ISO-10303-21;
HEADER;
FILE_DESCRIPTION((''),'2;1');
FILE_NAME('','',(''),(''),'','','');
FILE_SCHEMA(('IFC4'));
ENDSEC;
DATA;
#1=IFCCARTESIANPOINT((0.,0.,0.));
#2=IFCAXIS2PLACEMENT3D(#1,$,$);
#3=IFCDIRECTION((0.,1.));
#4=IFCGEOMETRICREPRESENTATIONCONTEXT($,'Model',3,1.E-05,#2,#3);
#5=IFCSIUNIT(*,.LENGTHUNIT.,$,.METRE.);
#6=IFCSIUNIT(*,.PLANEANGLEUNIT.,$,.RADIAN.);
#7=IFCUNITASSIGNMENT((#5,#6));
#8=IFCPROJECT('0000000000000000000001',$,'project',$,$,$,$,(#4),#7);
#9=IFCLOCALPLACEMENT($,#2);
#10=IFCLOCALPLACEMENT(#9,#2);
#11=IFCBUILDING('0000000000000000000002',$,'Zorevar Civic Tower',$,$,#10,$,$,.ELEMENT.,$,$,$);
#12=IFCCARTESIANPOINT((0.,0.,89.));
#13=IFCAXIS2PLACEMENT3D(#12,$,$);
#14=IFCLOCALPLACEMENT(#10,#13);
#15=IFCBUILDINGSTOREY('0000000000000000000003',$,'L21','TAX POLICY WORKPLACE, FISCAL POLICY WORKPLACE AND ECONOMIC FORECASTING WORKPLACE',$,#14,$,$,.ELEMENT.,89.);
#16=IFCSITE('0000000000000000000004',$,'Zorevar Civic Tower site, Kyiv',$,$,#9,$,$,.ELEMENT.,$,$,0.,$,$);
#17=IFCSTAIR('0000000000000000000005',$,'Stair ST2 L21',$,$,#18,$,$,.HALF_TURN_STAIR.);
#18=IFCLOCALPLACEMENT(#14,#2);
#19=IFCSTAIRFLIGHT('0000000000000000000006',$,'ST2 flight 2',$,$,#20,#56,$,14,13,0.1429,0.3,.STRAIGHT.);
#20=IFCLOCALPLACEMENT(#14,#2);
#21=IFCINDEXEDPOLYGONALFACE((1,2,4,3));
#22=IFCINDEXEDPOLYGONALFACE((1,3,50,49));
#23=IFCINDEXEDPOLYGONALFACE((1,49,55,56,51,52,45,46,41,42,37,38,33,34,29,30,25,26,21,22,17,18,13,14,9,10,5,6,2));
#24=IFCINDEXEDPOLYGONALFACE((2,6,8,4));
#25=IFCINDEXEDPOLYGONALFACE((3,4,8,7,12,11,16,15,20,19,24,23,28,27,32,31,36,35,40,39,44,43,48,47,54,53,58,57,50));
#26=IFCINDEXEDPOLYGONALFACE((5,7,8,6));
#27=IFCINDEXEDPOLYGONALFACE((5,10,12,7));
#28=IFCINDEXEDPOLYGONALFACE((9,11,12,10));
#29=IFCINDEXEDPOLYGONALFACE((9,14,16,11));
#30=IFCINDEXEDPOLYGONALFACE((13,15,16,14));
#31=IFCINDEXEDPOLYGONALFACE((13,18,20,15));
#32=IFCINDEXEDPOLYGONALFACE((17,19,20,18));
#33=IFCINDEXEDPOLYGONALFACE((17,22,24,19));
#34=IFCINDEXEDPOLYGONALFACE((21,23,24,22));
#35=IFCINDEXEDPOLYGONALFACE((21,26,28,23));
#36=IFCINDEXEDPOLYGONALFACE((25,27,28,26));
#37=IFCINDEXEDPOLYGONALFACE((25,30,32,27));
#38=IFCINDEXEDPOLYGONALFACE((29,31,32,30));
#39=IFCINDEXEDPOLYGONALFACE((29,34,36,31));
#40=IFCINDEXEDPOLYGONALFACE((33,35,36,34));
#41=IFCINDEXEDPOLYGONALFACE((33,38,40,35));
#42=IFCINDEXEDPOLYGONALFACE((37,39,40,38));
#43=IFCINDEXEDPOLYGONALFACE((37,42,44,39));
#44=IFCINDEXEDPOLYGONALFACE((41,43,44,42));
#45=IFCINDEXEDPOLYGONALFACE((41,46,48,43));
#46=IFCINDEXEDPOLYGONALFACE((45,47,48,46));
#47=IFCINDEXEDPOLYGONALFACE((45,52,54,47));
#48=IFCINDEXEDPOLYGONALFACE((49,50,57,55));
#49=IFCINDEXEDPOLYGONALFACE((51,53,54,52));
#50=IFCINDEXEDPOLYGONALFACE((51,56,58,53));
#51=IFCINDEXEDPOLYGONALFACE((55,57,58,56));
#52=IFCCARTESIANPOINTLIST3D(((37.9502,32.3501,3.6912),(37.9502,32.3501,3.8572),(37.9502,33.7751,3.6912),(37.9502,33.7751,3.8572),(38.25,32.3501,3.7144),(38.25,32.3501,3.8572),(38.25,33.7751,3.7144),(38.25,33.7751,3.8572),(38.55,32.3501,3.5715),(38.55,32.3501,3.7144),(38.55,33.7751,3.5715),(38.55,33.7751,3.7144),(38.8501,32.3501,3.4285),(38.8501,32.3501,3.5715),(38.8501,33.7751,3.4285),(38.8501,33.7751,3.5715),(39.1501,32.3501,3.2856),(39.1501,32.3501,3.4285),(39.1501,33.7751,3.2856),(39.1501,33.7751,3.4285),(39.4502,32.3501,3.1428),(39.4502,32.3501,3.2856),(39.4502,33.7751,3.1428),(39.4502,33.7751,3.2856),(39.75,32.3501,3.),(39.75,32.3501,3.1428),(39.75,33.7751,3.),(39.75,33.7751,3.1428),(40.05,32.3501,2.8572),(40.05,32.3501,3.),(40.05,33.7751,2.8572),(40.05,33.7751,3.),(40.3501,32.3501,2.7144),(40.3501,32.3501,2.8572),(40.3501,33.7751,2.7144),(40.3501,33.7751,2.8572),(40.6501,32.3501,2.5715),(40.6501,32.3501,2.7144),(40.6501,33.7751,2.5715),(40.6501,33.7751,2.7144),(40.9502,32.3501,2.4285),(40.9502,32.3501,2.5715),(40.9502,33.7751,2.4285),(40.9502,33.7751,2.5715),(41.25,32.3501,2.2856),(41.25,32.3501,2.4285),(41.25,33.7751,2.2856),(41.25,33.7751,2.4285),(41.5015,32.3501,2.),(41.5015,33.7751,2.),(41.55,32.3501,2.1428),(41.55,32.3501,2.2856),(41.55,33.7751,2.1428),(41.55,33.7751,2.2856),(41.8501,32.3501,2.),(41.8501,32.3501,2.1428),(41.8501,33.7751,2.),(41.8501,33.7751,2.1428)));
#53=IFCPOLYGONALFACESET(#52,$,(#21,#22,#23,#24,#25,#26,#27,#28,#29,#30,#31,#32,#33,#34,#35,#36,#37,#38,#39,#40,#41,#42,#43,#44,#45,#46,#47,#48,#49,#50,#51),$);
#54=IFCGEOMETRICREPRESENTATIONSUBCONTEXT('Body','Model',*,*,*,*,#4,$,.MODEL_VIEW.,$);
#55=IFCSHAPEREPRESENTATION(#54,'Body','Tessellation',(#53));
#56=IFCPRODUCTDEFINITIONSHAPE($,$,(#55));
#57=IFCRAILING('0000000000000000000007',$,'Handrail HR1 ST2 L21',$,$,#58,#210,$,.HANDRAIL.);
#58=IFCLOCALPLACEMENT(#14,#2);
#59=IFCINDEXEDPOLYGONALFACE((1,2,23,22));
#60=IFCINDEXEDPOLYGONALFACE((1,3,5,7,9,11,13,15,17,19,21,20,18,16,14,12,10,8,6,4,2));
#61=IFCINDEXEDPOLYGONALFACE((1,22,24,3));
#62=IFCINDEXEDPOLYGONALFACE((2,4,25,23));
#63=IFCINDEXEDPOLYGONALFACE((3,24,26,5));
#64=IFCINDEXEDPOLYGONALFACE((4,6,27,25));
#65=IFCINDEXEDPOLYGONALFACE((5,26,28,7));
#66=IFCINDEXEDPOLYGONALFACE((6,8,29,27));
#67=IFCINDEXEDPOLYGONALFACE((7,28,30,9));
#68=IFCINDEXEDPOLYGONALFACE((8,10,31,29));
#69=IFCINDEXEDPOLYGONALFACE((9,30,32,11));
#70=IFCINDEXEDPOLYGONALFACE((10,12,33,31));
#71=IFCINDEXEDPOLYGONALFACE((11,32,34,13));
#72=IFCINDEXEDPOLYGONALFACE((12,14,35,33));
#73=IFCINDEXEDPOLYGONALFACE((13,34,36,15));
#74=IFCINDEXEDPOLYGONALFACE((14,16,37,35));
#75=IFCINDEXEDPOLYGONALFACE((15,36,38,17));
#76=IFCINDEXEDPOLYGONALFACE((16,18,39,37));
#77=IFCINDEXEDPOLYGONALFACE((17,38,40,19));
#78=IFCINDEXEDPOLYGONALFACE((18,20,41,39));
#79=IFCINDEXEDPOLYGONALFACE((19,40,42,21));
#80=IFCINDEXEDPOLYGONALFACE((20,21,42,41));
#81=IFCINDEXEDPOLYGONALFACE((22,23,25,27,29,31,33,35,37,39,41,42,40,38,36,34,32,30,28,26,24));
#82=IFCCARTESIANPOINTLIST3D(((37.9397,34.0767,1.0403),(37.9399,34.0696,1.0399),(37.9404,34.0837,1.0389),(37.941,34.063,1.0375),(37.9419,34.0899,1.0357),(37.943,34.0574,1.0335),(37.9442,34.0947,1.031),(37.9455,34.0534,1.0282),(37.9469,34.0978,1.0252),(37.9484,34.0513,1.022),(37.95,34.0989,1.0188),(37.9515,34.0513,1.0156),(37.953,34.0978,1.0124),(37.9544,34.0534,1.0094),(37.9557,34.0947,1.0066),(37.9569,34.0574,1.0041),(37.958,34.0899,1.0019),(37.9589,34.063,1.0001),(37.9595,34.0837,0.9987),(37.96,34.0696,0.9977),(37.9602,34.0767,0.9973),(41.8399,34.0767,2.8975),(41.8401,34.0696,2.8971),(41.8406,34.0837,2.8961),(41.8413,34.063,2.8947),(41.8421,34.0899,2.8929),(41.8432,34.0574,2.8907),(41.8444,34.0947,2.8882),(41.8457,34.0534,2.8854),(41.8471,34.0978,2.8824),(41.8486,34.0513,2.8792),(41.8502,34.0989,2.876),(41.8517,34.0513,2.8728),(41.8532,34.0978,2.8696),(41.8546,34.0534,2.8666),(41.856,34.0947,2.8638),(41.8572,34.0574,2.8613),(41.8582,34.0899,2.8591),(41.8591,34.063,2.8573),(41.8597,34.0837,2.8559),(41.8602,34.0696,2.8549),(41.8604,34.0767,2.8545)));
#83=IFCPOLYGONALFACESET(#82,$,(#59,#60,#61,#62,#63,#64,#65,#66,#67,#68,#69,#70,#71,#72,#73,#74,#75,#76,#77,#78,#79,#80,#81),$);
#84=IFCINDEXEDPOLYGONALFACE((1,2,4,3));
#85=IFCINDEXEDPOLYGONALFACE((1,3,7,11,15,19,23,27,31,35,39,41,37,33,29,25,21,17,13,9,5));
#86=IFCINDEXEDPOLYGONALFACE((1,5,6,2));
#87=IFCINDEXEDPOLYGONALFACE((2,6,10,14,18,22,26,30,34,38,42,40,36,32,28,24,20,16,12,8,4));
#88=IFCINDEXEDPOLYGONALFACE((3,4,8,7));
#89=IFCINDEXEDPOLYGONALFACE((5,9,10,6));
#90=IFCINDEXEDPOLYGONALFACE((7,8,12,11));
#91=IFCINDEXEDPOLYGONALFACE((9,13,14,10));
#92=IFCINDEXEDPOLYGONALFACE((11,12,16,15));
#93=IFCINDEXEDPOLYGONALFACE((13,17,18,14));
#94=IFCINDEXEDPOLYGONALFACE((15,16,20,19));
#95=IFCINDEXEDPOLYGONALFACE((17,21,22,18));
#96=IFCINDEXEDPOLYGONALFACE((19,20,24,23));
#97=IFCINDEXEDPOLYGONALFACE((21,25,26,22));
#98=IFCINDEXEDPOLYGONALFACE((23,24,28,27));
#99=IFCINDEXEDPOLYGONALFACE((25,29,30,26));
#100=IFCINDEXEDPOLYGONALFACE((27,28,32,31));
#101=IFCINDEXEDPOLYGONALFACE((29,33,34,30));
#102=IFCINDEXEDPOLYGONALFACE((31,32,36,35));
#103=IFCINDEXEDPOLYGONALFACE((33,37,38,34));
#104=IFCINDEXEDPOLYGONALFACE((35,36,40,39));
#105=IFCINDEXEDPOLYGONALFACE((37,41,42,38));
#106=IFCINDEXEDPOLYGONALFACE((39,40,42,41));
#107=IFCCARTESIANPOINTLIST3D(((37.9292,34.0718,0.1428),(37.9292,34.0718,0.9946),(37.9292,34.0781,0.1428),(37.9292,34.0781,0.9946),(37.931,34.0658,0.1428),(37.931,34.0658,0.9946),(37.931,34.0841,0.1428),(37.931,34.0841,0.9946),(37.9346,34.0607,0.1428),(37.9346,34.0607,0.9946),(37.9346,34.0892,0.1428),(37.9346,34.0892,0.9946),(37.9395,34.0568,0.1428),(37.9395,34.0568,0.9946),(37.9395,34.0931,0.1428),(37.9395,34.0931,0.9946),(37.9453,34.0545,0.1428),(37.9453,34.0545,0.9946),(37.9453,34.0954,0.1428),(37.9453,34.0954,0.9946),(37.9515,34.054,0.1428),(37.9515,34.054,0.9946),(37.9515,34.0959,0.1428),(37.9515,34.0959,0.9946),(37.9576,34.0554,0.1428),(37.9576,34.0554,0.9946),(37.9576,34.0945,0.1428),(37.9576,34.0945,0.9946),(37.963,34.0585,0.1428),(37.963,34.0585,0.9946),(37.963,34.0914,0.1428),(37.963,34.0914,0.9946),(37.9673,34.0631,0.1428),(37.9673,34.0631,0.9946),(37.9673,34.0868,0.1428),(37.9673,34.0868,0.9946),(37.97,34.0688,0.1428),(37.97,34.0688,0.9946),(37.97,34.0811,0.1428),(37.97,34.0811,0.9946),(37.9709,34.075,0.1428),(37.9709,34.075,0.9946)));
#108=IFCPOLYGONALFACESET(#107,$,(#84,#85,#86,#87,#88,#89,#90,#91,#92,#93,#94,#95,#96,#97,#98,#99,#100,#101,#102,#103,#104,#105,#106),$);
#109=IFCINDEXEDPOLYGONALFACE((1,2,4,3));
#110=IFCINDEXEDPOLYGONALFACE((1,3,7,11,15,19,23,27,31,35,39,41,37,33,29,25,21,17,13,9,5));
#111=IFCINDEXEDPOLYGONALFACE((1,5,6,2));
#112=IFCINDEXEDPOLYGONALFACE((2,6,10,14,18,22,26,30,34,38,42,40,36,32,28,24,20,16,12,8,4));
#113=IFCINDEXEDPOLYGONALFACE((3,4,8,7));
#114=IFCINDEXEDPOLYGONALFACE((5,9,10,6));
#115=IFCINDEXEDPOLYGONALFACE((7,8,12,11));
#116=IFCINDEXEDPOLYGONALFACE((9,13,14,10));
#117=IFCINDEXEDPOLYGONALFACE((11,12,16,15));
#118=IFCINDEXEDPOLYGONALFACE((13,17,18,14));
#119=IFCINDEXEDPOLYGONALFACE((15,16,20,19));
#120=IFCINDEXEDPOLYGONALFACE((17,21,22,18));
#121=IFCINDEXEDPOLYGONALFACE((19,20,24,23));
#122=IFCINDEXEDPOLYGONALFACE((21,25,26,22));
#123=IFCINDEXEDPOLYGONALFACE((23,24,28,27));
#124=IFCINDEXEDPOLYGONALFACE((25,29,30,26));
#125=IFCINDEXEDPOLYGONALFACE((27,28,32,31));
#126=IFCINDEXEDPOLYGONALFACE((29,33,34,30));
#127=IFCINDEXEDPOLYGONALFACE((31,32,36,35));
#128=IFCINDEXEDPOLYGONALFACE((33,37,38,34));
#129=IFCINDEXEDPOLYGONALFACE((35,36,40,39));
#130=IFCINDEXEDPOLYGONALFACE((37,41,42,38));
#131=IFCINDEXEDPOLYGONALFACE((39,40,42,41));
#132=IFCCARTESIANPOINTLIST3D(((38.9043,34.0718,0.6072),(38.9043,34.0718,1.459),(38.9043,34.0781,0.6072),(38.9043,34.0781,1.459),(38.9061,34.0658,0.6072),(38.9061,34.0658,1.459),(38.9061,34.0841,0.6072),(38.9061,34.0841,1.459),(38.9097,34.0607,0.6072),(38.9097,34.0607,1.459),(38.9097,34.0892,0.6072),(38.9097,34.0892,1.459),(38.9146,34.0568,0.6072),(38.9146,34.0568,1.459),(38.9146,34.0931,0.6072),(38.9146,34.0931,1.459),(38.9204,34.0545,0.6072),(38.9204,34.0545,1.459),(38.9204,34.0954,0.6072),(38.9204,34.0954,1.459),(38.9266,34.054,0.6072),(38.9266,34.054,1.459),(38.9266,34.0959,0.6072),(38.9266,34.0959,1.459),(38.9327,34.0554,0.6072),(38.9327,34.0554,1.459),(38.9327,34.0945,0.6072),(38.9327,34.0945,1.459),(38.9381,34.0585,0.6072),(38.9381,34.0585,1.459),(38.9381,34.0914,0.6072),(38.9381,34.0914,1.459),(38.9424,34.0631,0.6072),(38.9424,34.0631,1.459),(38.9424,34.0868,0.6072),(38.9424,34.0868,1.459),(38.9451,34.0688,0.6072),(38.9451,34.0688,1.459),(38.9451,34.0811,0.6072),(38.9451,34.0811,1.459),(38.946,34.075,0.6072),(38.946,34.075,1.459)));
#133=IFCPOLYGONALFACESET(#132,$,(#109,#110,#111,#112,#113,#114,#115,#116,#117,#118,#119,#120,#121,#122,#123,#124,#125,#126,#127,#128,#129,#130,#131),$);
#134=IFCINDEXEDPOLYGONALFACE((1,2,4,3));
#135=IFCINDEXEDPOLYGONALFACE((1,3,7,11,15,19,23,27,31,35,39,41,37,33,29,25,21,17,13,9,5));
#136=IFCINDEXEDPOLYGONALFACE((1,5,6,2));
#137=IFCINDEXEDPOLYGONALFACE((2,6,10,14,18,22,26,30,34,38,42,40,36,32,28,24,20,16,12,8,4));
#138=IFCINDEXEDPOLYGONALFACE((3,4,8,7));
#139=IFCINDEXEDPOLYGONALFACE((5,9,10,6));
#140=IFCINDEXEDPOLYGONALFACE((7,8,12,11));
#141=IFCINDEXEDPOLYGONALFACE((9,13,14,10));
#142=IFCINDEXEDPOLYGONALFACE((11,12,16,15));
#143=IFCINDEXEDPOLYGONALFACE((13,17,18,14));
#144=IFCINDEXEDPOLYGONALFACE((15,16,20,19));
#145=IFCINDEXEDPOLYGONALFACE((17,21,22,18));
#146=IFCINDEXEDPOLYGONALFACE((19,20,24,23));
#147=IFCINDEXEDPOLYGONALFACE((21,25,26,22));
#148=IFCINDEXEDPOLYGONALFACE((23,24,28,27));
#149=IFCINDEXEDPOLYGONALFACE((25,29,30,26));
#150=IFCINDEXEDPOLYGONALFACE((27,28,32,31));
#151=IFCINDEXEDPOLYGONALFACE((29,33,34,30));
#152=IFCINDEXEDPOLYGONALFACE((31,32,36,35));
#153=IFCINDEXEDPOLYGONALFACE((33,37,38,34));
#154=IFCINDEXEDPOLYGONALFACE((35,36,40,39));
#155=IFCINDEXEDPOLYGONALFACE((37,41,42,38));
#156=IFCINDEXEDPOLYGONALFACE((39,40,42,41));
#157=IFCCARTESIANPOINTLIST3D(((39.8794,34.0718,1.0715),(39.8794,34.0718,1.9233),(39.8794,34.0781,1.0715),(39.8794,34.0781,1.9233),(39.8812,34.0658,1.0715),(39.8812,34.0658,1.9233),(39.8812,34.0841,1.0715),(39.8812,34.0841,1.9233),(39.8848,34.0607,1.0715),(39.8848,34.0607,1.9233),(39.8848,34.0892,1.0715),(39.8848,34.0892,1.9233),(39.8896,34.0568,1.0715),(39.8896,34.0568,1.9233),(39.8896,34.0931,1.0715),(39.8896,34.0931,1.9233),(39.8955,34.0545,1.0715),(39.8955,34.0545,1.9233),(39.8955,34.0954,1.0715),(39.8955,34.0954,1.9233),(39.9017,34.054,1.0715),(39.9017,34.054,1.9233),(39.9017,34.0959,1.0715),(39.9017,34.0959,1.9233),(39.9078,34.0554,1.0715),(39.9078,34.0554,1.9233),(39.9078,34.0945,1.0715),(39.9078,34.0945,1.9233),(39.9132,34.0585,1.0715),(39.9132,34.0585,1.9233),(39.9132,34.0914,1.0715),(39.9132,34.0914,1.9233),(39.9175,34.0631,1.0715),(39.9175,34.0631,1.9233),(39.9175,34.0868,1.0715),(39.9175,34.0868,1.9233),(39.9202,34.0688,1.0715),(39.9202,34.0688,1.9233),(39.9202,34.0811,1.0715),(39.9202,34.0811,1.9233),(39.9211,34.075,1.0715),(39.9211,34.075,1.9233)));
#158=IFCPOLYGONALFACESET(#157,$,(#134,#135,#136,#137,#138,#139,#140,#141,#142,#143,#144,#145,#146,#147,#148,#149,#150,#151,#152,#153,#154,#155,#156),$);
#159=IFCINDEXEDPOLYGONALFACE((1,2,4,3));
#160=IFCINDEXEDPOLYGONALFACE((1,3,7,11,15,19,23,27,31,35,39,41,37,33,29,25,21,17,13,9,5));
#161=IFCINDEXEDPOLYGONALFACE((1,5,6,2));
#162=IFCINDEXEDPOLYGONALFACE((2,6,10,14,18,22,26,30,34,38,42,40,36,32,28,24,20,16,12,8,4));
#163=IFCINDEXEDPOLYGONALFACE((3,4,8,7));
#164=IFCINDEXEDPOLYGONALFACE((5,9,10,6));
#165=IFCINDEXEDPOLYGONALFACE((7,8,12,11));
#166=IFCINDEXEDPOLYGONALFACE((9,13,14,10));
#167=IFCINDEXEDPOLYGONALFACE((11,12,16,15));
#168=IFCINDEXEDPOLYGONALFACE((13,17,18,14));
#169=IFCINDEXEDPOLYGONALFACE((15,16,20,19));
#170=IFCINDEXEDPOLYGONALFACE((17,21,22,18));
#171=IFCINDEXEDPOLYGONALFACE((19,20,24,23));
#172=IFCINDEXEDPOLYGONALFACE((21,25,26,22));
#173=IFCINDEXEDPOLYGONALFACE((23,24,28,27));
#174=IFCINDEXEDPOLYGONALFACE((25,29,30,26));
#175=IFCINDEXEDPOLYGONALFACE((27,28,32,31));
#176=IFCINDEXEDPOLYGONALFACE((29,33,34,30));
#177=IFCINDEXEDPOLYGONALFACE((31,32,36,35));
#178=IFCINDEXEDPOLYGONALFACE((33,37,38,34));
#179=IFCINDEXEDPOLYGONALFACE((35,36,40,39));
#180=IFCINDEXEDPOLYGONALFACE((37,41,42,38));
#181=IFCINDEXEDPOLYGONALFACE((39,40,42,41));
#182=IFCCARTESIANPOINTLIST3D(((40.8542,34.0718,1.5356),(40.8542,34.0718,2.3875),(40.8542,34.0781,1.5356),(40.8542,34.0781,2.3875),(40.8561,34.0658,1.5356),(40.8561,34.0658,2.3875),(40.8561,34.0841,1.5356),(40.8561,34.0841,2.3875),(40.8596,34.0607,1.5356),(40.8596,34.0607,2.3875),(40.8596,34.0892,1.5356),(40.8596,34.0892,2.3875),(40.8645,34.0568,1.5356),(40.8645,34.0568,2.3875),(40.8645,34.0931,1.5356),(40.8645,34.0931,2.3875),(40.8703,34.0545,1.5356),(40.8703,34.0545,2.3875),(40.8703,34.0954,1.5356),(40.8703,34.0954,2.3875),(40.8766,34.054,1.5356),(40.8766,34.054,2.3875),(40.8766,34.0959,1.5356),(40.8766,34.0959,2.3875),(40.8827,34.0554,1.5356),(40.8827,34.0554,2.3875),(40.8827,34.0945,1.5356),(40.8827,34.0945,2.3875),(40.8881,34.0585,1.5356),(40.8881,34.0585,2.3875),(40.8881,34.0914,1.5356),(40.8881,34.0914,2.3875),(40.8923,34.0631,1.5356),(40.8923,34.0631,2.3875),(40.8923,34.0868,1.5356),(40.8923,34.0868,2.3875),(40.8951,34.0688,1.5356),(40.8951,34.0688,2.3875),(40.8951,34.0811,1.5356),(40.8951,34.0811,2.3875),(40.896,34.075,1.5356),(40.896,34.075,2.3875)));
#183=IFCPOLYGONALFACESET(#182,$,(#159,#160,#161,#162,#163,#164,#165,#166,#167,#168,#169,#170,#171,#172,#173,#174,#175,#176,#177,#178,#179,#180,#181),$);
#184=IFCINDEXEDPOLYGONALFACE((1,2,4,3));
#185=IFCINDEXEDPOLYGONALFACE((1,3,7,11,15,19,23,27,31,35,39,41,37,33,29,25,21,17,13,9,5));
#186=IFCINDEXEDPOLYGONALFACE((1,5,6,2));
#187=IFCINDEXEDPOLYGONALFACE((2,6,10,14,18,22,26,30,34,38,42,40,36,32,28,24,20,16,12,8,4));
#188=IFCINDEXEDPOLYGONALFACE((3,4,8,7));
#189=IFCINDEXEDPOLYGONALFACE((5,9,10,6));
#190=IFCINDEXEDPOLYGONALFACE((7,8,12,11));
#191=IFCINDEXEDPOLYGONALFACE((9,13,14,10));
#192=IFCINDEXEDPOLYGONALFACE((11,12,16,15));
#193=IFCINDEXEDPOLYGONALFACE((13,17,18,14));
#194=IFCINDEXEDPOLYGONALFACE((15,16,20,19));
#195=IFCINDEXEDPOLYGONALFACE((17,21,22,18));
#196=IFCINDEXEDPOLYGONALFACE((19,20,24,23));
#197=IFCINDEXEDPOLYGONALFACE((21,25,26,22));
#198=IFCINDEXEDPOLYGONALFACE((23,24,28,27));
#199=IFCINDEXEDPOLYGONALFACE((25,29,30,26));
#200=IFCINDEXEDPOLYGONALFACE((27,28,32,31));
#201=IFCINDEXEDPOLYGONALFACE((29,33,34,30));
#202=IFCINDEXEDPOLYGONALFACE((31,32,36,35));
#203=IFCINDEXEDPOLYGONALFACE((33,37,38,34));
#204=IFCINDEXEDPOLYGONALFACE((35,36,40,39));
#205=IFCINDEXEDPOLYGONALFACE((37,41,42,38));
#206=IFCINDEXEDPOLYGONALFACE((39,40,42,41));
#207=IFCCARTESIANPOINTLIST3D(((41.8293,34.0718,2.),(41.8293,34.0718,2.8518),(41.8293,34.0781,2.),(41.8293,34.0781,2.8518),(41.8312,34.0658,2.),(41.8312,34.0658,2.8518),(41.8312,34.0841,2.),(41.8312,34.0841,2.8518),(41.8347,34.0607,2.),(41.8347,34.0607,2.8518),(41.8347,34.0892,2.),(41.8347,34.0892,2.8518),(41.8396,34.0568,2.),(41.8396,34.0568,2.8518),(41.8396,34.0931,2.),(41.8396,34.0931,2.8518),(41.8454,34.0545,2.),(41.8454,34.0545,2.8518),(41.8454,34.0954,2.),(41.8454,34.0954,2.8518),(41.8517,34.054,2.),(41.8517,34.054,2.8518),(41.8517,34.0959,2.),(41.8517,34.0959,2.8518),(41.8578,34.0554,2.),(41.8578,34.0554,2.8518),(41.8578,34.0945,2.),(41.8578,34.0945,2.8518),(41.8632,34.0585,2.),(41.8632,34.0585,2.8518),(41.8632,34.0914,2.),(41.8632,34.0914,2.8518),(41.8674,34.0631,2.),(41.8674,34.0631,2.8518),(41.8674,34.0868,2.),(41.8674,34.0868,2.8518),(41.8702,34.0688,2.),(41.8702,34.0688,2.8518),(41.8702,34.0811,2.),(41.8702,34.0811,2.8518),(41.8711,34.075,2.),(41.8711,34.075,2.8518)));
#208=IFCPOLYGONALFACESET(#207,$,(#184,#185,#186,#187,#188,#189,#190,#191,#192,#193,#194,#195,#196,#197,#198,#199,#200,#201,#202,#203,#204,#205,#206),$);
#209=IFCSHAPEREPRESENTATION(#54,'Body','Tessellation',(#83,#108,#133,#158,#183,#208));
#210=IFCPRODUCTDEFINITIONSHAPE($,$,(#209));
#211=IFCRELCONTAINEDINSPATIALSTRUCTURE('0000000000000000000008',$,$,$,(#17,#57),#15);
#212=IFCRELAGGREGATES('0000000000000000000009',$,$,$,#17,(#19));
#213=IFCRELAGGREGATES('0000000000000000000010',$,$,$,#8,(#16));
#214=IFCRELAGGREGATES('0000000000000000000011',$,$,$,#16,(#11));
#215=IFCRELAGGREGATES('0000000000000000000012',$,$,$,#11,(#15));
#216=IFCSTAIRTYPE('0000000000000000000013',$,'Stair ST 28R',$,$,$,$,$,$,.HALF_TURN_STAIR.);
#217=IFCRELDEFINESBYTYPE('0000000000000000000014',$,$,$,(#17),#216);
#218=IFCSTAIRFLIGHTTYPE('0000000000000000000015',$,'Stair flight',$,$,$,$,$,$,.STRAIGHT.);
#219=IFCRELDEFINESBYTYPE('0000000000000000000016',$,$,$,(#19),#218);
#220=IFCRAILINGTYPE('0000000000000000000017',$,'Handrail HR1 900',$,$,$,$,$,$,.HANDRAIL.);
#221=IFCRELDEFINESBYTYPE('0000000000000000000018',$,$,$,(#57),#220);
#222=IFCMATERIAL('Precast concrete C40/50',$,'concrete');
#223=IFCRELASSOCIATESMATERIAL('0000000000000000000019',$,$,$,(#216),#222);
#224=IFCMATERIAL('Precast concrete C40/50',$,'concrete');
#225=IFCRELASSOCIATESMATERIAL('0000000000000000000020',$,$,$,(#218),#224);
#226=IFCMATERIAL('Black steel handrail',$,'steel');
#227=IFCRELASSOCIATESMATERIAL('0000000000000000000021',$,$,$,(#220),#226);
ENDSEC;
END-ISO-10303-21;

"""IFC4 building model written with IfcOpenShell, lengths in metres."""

from ifc_helpers import new_model, si_unit, direction, frame, origin, origin_2d, place, context, subcontext, project, spatial, polyline, circle, outline, extrude, material, type_object, element, aggregate, save


model = new_model("IFC4")

# Units and contexts
model_context = context("Model", 3, precision=1e-05, world=origin(), true_north=direction((0.0, 1.0)))
body_context = subcontext(model_context, "Body", "Model", "MODEL_VIEW")
ifc_project = project(units=[si_unit("LENGTHUNIT", "METRE"), si_unit("PLANEANGLEUNIT", "RADIAN")], contexts=[model_context])

# Site, building, storey
site_placement = place(None, origin())
site = spatial("IfcSite", under=ifc_project, at=site_placement, Name="Zorevar Civic Tower site, Kyiv", CompositionType="ELEMENT", RefElevation=0.0)
building_placement = place(site_placement, origin())
building = spatial("IfcBuilding", under=site, at=building_placement, Name="Zorevar Civic Tower", CompositionType="ELEMENT")
storey_placement = place(building_placement, frame((0.0, 0.0, 89.0)))
storey = spatial("IfcBuildingStorey", under=building, at=storey_placement, Name="L21", Description="TAX POLICY WORKPLACE, FISCAL POLICY WORKPLACE AND ECONOMIC FORECASTING WORKPLACE", CompositionType="ELEMENT", Elevation=89.0)

# Stair, stair flight
ifc_material_1 = material(Name="Precast concrete C40/50", Category="concrete")
stair_type = type_object("IfcStairType", Name="Stair ST 28R", PredefinedType="HALF_TURN_STAIR", material=ifc_material_1)
stair_placement = place(storey_placement, origin())
stair = element("IfcStair", 1, at=stair_placement, inside=storey, type_object=stair_type, Name="Stair ST2 L21", PredefinedType="HALF_TURN_STAIR")
ifc_material_2 = material(Name="Precast concrete C40/50", Category="concrete")
stair_flight_type = type_object("IfcStairFlightType", Name="Stair flight", PredefinedType="STRAIGHT", material=ifc_material_2)
stair_flight_1_placement = place(storey_placement, frame((41.8501, 33.0625, 2.0), z_axis=(0.0, 0.0, 1.0), x_axis=(-1.0, 0.0, 0.0)))
stair_flight_1 = element("IfcStairFlight", 2, at=stair_flight_1_placement, type_object=stair_flight_type, Name="ST2 flight 2", NumberOfRisers=14, NumberOfTreads=13, PredefinedType="STRAIGHT", RiserHeight=0.1429, TreadLength=0.3, context=body_context, shape_type="SweptSolid", body=[
    extrude(outline(polyline([(0.0, 0.0), (0.0, 0.1428), (0.3, 0.1428), (0.3, 0.2856), (0.6001, 0.2856), (0.6001, 0.4285), (0.8999, 0.4285), (0.8999, 0.5715), (1.2, 0.5715), (1.2, 0.7144), (1.5, 0.7144), (1.5, 0.8572), (1.8, 0.8572), (1.8, 1.0), (2.1001, 1.0), (2.1001, 1.1428), (2.3999, 1.1428), (2.3999, 1.2856), (2.7, 1.2856), (2.7, 1.4285), (3.0, 1.4285), (3.0, 1.5715), (3.3, 1.5715), (3.3, 1.7144), (3.6001, 1.7144), (3.6001, 1.8572), (3.8999, 1.8572), (3.8999, 2.0), (3.8999, 1.6912), (0.3486, 0.0), (0.0, 0.0)])), frame((0.0, 0.7124, 0.0), z_axis=(0.0, -1.0, 0.0), x_axis=(1.0, 0.0, 0.0)), (0.0, 0.0, 1.0), 1.425),
])
aggregate(stair, [stair_flight_1])

# Railing
ifc_material_3 = material(Name="Black steel handrail", Category="steel")
railing_type = type_object("IfcRailingType", Name="Handrail HR1 900", PredefinedType="HANDRAIL", material=ifc_material_3)
railing_1_placement = place(storey_placement, frame((37.95, 34.075, 0.1428)))
element("IfcRailing", 3, at=railing_1_placement, inside=storey, type_object=railing_type, Name="Handrail HR1 ST2 L21", PredefinedType="HANDRAIL", context=body_context, shape_type="SweptSolid", body=[
    extrude(circle(Radius=0.0239, at=origin_2d()), frame((0.0, 0.0, 0.876), z_axis=(0.902864, 0.0, 0.429927), x_axis=(0.0, 1.0, 0.0)), (0.0, 0.0, 1.0), 4.3198),
    extrude(circle(Radius=0.021, at=origin_2d()), origin(), (0.0, 0.0, 1.0), 0.8518),
    extrude(circle(Radius=0.021, at=origin_2d()), frame((0.9751, 0.0, 0.4644)), (0.0, 0.0, 1.0), 0.8518),
    extrude(circle(Radius=0.021, at=origin_2d()), frame((1.9502, 0.0, 0.9287)), (0.0, 0.0, 1.0), 0.8518),
    extrude(circle(Radius=0.021, at=origin_2d()), frame((2.925, 0.0, 1.3928)), (0.0, 0.0, 1.0), 0.8518),
    extrude(circle(Radius=0.021, at=origin_2d()), frame((3.9001, 0.0, 1.8572)), (0.0, 0.0, 1.0), 0.8518),
])

save(model, "model.ifc")
